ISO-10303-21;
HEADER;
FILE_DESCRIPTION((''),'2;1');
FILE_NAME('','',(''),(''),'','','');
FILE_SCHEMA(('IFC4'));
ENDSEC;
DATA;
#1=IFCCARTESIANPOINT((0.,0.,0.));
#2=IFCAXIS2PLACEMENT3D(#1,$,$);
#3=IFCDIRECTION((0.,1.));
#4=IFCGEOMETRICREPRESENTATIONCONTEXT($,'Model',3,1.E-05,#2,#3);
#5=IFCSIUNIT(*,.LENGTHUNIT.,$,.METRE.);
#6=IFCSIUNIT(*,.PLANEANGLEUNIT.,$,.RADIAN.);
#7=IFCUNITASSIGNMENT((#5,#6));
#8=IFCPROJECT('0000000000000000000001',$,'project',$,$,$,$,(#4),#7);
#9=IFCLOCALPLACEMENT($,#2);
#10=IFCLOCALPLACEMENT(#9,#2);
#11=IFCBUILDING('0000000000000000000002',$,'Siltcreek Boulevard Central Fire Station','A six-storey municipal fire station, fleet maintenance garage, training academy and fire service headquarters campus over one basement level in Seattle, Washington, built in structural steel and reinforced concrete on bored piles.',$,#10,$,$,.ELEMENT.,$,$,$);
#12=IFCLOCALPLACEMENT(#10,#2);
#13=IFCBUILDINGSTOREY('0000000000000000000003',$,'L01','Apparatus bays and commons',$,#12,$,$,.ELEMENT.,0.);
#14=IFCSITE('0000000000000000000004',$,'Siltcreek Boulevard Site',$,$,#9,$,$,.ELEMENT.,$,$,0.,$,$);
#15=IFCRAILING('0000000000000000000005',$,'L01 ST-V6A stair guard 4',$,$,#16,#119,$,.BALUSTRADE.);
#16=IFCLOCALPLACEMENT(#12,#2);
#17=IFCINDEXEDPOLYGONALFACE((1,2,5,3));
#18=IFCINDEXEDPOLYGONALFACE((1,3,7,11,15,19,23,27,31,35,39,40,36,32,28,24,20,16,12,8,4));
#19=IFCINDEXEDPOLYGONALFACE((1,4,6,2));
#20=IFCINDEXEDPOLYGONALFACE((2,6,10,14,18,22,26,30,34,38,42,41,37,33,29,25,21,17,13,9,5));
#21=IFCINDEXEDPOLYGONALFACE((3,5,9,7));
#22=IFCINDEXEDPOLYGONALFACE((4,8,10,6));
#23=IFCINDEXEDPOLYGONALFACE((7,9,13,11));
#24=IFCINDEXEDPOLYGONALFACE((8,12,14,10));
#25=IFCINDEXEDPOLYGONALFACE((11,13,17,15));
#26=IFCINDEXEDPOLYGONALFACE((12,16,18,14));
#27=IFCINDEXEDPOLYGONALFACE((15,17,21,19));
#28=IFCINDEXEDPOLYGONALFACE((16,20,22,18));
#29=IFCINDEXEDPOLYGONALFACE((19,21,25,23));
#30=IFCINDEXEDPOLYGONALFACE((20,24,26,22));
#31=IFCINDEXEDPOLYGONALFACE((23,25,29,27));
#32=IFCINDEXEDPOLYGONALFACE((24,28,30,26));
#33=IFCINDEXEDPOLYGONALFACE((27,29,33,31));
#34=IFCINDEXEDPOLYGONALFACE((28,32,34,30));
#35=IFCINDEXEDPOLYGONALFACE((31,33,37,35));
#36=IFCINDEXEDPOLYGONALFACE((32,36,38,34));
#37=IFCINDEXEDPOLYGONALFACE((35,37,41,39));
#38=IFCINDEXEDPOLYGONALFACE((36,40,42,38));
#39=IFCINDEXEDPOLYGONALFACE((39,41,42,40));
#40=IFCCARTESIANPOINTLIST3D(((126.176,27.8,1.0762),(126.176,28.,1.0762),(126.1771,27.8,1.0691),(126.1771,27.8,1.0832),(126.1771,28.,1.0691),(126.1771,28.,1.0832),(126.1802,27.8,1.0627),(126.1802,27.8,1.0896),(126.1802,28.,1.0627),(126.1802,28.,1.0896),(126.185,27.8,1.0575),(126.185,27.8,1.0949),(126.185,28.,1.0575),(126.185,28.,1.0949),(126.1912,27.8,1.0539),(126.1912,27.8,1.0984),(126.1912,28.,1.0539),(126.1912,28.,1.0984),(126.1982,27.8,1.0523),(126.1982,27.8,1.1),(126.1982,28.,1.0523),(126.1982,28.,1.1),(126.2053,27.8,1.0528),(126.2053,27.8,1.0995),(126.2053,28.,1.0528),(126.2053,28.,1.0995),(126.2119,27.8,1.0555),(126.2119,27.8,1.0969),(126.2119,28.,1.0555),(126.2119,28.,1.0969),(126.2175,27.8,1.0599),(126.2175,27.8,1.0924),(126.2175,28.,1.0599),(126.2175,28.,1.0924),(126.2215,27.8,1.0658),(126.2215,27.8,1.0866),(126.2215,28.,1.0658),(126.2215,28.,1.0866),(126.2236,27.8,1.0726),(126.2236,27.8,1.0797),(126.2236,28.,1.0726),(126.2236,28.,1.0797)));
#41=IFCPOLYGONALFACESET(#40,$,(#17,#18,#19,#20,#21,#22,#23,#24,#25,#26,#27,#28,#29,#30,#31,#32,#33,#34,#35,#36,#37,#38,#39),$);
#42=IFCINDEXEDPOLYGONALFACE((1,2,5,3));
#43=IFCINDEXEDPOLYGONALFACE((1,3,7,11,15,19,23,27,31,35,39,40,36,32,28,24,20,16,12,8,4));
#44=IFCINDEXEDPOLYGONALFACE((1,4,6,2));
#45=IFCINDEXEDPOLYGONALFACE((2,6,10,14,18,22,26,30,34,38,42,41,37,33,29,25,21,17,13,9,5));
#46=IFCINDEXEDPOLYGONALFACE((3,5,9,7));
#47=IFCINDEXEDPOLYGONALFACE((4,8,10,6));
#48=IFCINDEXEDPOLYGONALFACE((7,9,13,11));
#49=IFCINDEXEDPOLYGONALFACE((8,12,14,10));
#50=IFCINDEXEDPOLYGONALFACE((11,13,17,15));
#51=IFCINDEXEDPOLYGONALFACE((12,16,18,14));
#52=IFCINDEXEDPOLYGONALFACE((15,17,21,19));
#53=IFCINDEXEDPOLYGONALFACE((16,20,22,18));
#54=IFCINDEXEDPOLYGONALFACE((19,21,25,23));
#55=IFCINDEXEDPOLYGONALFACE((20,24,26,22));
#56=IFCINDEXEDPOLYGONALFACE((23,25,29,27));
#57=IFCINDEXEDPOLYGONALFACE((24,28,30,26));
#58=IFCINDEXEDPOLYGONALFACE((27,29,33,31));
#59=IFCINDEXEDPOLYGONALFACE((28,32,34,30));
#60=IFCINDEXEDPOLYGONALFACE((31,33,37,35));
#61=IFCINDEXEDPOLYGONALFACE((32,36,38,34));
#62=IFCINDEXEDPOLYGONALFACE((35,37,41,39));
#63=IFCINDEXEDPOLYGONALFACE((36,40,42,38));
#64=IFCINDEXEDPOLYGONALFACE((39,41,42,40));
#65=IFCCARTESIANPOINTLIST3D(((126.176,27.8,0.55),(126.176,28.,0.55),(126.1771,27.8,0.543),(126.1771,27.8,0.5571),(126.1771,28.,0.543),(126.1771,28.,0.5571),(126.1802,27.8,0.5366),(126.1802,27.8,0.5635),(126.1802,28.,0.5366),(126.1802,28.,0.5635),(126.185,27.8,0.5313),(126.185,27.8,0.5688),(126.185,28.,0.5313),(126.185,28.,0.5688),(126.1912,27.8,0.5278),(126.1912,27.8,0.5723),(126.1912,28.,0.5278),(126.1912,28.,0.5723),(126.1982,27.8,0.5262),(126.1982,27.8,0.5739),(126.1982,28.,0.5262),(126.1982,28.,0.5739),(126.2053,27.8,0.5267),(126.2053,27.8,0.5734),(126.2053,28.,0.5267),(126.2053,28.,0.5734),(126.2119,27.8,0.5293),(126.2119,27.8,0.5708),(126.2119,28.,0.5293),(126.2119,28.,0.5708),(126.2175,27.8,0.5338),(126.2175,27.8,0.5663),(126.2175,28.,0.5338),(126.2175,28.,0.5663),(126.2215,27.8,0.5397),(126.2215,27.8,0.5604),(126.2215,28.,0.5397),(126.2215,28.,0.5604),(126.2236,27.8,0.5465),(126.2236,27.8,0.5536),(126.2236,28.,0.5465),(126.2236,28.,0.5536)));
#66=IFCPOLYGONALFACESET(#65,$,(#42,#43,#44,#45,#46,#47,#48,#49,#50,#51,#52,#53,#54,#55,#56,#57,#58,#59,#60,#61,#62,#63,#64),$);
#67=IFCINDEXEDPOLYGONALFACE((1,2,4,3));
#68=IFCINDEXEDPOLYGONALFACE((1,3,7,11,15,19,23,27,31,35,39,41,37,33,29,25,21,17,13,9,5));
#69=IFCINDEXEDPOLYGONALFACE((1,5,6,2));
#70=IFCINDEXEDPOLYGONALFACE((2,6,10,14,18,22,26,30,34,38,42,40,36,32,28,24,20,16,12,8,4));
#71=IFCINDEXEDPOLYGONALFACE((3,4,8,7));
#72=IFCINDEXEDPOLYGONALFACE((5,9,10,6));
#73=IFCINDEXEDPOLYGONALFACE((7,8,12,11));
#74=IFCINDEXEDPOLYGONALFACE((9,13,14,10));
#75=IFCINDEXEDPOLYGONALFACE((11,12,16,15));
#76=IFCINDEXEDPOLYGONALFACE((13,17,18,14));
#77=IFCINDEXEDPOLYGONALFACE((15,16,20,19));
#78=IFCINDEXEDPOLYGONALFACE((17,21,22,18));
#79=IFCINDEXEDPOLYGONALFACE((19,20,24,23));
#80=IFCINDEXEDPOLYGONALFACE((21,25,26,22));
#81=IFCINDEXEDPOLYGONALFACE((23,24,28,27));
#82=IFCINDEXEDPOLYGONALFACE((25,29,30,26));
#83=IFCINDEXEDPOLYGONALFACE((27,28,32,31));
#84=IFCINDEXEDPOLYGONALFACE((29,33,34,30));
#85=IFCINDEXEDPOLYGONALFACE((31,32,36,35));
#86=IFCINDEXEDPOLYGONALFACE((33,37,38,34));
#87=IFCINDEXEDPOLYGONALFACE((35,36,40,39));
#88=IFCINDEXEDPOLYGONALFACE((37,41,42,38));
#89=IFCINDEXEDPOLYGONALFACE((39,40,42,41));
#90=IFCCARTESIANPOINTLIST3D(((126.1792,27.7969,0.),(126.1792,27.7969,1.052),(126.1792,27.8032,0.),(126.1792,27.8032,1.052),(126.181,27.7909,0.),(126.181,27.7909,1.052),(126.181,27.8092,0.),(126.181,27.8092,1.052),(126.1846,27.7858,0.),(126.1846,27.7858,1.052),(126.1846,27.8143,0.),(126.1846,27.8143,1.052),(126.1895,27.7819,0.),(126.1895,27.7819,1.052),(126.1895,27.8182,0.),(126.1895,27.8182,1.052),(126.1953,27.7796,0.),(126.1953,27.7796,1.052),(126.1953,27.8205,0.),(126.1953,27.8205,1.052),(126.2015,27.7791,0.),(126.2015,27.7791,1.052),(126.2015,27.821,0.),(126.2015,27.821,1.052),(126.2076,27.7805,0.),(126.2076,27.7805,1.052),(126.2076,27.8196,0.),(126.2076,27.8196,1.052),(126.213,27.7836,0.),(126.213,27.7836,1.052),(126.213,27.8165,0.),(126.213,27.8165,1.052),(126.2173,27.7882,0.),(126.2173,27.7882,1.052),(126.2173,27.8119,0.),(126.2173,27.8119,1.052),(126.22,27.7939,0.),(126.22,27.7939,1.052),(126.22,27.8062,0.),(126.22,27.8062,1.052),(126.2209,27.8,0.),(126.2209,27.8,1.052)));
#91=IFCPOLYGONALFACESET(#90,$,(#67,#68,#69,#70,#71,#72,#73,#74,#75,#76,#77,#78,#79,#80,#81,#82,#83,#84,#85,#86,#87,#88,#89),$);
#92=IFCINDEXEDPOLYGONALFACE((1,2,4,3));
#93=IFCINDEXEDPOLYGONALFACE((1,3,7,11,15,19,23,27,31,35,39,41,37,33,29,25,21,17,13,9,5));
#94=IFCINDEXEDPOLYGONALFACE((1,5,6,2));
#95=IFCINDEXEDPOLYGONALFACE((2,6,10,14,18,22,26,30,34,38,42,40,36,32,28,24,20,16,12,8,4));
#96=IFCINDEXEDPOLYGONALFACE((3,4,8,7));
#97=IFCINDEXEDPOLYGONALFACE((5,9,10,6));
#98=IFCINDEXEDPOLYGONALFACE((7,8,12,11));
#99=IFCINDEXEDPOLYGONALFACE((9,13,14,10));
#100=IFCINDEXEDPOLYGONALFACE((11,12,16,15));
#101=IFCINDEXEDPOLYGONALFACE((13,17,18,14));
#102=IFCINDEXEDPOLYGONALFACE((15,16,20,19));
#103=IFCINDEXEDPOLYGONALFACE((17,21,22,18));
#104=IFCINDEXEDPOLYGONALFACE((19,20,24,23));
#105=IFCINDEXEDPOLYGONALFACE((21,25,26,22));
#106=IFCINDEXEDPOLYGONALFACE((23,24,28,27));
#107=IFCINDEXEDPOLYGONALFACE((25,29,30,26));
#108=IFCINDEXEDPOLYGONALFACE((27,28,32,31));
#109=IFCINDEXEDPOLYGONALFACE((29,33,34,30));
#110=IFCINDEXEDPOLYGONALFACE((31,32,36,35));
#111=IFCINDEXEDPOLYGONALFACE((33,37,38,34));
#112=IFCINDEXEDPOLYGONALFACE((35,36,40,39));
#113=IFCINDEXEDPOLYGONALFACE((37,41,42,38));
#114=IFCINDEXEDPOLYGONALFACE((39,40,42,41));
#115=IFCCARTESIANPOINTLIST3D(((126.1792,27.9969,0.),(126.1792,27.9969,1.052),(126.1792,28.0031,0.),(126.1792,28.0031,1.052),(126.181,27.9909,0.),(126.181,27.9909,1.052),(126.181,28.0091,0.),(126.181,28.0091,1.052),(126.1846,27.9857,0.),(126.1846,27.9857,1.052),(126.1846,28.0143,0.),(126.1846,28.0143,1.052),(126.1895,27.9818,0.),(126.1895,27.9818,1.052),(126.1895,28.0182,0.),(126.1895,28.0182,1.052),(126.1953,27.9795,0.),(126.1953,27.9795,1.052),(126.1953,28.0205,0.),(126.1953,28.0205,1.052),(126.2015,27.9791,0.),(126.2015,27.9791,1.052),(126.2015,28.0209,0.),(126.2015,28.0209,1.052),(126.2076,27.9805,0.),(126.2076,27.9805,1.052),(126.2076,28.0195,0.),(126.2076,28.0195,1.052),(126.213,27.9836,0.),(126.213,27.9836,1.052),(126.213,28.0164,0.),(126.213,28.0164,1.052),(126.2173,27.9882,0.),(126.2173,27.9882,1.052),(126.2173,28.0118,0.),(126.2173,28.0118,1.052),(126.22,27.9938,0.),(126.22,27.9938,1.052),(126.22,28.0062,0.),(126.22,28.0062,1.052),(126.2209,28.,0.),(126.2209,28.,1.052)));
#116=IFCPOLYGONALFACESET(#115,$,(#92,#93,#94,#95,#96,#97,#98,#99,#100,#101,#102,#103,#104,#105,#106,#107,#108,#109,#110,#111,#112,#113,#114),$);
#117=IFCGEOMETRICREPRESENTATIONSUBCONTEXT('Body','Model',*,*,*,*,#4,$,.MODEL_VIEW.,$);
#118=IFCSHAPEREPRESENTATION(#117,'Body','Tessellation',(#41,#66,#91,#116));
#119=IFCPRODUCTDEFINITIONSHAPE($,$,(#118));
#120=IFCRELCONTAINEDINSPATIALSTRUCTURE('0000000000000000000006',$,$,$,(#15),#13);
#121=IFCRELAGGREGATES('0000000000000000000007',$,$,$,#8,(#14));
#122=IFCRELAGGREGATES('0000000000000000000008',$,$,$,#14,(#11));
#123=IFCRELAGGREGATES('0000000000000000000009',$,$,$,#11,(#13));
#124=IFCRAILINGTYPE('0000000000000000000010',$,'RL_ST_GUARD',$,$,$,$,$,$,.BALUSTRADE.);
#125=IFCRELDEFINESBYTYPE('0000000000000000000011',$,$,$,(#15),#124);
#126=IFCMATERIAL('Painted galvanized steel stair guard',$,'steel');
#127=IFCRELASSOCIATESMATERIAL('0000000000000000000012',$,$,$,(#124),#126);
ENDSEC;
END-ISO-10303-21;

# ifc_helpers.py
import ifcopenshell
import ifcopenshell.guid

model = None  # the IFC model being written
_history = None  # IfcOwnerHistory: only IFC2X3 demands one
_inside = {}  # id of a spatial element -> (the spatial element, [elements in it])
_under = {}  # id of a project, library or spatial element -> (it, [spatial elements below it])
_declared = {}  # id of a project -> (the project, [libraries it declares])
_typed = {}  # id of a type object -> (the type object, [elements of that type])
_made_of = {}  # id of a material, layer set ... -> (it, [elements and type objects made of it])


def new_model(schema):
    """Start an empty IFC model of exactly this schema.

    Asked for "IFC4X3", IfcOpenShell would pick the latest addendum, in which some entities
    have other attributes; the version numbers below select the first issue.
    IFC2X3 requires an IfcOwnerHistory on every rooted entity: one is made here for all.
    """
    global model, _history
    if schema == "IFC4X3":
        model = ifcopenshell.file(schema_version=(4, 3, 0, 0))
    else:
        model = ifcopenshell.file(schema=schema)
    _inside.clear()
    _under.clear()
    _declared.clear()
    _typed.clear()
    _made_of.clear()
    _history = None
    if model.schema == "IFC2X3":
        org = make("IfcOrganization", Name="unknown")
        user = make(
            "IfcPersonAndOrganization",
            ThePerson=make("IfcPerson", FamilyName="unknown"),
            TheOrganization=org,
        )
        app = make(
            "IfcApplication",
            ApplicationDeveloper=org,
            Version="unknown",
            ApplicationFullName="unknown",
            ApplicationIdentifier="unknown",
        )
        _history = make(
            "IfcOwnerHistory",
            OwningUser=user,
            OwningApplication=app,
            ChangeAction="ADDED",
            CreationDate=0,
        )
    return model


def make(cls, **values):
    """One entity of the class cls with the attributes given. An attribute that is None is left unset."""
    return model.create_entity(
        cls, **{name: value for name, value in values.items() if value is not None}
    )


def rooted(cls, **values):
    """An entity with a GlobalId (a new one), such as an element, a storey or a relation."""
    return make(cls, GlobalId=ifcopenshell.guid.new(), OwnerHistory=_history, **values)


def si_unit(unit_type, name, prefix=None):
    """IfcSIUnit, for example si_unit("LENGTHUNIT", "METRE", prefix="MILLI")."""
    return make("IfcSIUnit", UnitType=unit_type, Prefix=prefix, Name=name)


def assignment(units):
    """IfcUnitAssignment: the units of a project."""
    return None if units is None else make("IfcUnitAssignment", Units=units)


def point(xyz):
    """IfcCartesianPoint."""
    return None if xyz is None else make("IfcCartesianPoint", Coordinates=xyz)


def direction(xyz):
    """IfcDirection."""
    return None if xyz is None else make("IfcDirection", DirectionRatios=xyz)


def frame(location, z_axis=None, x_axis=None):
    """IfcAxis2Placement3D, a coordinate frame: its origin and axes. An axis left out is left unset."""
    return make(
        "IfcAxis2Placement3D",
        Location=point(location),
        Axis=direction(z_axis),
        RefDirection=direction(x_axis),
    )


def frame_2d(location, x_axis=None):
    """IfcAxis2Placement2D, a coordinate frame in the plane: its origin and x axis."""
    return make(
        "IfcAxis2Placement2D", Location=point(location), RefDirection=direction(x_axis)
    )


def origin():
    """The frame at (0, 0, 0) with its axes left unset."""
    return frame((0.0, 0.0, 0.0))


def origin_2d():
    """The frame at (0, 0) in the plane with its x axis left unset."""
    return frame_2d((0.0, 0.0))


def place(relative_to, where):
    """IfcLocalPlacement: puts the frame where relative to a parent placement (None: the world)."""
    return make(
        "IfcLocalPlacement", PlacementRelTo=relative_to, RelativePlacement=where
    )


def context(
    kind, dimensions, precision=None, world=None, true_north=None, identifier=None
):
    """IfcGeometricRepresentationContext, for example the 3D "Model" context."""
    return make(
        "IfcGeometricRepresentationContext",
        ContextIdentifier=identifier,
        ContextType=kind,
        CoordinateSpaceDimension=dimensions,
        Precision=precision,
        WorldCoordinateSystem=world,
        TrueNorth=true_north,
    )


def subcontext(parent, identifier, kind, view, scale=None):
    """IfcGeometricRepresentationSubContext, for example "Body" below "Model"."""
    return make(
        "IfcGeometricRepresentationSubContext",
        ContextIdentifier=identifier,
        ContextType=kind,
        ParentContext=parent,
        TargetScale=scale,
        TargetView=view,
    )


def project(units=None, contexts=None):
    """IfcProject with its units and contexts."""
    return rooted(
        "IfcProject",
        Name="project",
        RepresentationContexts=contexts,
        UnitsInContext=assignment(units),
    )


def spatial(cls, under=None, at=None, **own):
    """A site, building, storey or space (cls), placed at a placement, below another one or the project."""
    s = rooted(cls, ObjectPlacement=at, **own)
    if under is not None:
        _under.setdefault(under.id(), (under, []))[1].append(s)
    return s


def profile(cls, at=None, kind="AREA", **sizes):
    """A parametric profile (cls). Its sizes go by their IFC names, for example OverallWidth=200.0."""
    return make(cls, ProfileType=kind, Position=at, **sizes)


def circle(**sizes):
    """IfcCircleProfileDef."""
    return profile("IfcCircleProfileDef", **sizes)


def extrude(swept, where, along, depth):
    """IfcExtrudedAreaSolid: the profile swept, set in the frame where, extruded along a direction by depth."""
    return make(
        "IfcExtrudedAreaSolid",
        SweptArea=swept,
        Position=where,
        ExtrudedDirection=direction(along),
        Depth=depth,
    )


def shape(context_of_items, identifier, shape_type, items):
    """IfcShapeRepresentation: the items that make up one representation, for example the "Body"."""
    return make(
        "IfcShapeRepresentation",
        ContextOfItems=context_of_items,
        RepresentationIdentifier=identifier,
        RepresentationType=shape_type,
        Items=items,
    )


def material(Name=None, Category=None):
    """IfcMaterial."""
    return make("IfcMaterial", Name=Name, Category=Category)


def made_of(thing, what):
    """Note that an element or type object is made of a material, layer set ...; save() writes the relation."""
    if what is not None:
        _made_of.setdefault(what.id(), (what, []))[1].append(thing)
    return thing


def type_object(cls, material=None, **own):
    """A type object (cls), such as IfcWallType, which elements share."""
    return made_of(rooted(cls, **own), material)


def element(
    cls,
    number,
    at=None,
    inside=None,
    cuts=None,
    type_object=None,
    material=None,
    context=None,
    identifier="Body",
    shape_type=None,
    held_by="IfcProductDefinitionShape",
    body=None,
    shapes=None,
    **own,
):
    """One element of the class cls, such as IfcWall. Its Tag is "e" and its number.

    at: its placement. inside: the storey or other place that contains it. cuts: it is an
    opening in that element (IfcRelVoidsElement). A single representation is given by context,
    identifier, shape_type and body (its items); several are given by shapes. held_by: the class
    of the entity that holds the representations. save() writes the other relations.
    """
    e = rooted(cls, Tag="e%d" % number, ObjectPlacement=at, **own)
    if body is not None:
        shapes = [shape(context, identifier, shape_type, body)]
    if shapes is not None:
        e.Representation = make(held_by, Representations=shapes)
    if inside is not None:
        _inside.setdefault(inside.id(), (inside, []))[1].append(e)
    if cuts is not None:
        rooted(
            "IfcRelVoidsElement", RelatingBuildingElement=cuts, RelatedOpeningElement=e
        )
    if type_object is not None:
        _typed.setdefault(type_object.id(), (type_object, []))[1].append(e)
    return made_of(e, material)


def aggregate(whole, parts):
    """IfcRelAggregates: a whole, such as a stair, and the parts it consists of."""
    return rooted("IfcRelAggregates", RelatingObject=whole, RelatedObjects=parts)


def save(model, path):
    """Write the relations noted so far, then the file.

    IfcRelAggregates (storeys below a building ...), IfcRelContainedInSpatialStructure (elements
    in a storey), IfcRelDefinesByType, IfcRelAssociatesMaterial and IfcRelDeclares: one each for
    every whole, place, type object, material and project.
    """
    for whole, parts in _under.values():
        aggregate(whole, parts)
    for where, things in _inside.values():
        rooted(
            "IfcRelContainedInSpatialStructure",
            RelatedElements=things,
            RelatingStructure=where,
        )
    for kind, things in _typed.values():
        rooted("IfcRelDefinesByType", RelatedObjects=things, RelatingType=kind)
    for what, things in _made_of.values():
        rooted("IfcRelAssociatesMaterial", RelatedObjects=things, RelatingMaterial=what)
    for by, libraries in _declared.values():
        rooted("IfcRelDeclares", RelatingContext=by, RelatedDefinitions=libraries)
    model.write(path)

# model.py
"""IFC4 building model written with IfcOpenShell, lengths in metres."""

from ifc_helpers import new_model, si_unit, direction, frame, origin, origin_2d, place, context, subcontext, project, spatial, circle, extrude, material, type_object, element, save


model = new_model("IFC4")

# Units and contexts
model_context = context("Model", 3, precision=1e-05, world=origin(), true_north=direction((0.0, 1.0)))
body_context = subcontext(model_context, "Body", "Model", "MODEL_VIEW")
ifc_project = project(units=[si_unit("LENGTHUNIT", "METRE"), si_unit("PLANEANGLEUNIT", "RADIAN")], contexts=[model_context])

# Site, building, storey
site_placement = place(None, origin())
site = spatial("IfcSite", under=ifc_project, at=site_placement, Name="Siltcreek Boulevard Site", CompositionType="ELEMENT", RefElevation=0.0)
building_placement = place(site_placement, origin())
building = spatial("IfcBuilding", under=site, at=building_placement, Name="Siltcreek Boulevard Central Fire Station", Description="A six-storey municipal fire station, fleet maintenance garage, training academy and fire service headquarters campus over one basement level in Seattle, Washington, built in structural steel and reinforced concrete on bored piles.", CompositionType="ELEMENT")
storey_placement = place(building_placement, origin())
storey = spatial("IfcBuildingStorey", under=building, at=storey_placement, Name="L01", Description="Apparatus bays and commons", CompositionType="ELEMENT", Elevation=0.0)

# Railing
ifc_material_1 = material(Name="Painted galvanized steel stair guard", Category="steel")
railing_type_1 = type_object("IfcRailingType", Name="RL_ST_GUARD", PredefinedType="BALUSTRADE", material=ifc_material_1)
railing_1_placement = place(storey_placement, frame((126.2, 27.8, 0.0)))
element("IfcRailing", 1, at=railing_1_placement, inside=storey, type_object=railing_type_1, Name="L01 ST-V6A stair guard 4", PredefinedType="BALUSTRADE", context=body_context, shape_type="SweptSolid", body=[
    extrude(circle(Radius=0.0239, at=origin_2d()), frame((0.0, 0.0, 1.0762), z_axis=(0.0, 1.0, 0.0), x_axis=(-1.0, 0.0, 0.0)), (0.0, 0.0, 1.0), 0.2),
    extrude(circle(Radius=0.0239, at=origin_2d()), frame((0.0, 0.0, 0.55), z_axis=(0.0, 1.0, 0.0), x_axis=(-1.0, 0.0, 0.0)), (0.0, 0.0, 1.0), 0.2),
    extrude(circle(Radius=0.021, at=origin_2d()), origin(), (0.0, 0.0, 1.0), 1.052),
    extrude(circle(Radius=0.021, at=origin_2d()), frame((0.0, 0.2, 0.0)), (0.0, 0.0, 1.0), 1.052),
])

save(model, "model.ifc")
